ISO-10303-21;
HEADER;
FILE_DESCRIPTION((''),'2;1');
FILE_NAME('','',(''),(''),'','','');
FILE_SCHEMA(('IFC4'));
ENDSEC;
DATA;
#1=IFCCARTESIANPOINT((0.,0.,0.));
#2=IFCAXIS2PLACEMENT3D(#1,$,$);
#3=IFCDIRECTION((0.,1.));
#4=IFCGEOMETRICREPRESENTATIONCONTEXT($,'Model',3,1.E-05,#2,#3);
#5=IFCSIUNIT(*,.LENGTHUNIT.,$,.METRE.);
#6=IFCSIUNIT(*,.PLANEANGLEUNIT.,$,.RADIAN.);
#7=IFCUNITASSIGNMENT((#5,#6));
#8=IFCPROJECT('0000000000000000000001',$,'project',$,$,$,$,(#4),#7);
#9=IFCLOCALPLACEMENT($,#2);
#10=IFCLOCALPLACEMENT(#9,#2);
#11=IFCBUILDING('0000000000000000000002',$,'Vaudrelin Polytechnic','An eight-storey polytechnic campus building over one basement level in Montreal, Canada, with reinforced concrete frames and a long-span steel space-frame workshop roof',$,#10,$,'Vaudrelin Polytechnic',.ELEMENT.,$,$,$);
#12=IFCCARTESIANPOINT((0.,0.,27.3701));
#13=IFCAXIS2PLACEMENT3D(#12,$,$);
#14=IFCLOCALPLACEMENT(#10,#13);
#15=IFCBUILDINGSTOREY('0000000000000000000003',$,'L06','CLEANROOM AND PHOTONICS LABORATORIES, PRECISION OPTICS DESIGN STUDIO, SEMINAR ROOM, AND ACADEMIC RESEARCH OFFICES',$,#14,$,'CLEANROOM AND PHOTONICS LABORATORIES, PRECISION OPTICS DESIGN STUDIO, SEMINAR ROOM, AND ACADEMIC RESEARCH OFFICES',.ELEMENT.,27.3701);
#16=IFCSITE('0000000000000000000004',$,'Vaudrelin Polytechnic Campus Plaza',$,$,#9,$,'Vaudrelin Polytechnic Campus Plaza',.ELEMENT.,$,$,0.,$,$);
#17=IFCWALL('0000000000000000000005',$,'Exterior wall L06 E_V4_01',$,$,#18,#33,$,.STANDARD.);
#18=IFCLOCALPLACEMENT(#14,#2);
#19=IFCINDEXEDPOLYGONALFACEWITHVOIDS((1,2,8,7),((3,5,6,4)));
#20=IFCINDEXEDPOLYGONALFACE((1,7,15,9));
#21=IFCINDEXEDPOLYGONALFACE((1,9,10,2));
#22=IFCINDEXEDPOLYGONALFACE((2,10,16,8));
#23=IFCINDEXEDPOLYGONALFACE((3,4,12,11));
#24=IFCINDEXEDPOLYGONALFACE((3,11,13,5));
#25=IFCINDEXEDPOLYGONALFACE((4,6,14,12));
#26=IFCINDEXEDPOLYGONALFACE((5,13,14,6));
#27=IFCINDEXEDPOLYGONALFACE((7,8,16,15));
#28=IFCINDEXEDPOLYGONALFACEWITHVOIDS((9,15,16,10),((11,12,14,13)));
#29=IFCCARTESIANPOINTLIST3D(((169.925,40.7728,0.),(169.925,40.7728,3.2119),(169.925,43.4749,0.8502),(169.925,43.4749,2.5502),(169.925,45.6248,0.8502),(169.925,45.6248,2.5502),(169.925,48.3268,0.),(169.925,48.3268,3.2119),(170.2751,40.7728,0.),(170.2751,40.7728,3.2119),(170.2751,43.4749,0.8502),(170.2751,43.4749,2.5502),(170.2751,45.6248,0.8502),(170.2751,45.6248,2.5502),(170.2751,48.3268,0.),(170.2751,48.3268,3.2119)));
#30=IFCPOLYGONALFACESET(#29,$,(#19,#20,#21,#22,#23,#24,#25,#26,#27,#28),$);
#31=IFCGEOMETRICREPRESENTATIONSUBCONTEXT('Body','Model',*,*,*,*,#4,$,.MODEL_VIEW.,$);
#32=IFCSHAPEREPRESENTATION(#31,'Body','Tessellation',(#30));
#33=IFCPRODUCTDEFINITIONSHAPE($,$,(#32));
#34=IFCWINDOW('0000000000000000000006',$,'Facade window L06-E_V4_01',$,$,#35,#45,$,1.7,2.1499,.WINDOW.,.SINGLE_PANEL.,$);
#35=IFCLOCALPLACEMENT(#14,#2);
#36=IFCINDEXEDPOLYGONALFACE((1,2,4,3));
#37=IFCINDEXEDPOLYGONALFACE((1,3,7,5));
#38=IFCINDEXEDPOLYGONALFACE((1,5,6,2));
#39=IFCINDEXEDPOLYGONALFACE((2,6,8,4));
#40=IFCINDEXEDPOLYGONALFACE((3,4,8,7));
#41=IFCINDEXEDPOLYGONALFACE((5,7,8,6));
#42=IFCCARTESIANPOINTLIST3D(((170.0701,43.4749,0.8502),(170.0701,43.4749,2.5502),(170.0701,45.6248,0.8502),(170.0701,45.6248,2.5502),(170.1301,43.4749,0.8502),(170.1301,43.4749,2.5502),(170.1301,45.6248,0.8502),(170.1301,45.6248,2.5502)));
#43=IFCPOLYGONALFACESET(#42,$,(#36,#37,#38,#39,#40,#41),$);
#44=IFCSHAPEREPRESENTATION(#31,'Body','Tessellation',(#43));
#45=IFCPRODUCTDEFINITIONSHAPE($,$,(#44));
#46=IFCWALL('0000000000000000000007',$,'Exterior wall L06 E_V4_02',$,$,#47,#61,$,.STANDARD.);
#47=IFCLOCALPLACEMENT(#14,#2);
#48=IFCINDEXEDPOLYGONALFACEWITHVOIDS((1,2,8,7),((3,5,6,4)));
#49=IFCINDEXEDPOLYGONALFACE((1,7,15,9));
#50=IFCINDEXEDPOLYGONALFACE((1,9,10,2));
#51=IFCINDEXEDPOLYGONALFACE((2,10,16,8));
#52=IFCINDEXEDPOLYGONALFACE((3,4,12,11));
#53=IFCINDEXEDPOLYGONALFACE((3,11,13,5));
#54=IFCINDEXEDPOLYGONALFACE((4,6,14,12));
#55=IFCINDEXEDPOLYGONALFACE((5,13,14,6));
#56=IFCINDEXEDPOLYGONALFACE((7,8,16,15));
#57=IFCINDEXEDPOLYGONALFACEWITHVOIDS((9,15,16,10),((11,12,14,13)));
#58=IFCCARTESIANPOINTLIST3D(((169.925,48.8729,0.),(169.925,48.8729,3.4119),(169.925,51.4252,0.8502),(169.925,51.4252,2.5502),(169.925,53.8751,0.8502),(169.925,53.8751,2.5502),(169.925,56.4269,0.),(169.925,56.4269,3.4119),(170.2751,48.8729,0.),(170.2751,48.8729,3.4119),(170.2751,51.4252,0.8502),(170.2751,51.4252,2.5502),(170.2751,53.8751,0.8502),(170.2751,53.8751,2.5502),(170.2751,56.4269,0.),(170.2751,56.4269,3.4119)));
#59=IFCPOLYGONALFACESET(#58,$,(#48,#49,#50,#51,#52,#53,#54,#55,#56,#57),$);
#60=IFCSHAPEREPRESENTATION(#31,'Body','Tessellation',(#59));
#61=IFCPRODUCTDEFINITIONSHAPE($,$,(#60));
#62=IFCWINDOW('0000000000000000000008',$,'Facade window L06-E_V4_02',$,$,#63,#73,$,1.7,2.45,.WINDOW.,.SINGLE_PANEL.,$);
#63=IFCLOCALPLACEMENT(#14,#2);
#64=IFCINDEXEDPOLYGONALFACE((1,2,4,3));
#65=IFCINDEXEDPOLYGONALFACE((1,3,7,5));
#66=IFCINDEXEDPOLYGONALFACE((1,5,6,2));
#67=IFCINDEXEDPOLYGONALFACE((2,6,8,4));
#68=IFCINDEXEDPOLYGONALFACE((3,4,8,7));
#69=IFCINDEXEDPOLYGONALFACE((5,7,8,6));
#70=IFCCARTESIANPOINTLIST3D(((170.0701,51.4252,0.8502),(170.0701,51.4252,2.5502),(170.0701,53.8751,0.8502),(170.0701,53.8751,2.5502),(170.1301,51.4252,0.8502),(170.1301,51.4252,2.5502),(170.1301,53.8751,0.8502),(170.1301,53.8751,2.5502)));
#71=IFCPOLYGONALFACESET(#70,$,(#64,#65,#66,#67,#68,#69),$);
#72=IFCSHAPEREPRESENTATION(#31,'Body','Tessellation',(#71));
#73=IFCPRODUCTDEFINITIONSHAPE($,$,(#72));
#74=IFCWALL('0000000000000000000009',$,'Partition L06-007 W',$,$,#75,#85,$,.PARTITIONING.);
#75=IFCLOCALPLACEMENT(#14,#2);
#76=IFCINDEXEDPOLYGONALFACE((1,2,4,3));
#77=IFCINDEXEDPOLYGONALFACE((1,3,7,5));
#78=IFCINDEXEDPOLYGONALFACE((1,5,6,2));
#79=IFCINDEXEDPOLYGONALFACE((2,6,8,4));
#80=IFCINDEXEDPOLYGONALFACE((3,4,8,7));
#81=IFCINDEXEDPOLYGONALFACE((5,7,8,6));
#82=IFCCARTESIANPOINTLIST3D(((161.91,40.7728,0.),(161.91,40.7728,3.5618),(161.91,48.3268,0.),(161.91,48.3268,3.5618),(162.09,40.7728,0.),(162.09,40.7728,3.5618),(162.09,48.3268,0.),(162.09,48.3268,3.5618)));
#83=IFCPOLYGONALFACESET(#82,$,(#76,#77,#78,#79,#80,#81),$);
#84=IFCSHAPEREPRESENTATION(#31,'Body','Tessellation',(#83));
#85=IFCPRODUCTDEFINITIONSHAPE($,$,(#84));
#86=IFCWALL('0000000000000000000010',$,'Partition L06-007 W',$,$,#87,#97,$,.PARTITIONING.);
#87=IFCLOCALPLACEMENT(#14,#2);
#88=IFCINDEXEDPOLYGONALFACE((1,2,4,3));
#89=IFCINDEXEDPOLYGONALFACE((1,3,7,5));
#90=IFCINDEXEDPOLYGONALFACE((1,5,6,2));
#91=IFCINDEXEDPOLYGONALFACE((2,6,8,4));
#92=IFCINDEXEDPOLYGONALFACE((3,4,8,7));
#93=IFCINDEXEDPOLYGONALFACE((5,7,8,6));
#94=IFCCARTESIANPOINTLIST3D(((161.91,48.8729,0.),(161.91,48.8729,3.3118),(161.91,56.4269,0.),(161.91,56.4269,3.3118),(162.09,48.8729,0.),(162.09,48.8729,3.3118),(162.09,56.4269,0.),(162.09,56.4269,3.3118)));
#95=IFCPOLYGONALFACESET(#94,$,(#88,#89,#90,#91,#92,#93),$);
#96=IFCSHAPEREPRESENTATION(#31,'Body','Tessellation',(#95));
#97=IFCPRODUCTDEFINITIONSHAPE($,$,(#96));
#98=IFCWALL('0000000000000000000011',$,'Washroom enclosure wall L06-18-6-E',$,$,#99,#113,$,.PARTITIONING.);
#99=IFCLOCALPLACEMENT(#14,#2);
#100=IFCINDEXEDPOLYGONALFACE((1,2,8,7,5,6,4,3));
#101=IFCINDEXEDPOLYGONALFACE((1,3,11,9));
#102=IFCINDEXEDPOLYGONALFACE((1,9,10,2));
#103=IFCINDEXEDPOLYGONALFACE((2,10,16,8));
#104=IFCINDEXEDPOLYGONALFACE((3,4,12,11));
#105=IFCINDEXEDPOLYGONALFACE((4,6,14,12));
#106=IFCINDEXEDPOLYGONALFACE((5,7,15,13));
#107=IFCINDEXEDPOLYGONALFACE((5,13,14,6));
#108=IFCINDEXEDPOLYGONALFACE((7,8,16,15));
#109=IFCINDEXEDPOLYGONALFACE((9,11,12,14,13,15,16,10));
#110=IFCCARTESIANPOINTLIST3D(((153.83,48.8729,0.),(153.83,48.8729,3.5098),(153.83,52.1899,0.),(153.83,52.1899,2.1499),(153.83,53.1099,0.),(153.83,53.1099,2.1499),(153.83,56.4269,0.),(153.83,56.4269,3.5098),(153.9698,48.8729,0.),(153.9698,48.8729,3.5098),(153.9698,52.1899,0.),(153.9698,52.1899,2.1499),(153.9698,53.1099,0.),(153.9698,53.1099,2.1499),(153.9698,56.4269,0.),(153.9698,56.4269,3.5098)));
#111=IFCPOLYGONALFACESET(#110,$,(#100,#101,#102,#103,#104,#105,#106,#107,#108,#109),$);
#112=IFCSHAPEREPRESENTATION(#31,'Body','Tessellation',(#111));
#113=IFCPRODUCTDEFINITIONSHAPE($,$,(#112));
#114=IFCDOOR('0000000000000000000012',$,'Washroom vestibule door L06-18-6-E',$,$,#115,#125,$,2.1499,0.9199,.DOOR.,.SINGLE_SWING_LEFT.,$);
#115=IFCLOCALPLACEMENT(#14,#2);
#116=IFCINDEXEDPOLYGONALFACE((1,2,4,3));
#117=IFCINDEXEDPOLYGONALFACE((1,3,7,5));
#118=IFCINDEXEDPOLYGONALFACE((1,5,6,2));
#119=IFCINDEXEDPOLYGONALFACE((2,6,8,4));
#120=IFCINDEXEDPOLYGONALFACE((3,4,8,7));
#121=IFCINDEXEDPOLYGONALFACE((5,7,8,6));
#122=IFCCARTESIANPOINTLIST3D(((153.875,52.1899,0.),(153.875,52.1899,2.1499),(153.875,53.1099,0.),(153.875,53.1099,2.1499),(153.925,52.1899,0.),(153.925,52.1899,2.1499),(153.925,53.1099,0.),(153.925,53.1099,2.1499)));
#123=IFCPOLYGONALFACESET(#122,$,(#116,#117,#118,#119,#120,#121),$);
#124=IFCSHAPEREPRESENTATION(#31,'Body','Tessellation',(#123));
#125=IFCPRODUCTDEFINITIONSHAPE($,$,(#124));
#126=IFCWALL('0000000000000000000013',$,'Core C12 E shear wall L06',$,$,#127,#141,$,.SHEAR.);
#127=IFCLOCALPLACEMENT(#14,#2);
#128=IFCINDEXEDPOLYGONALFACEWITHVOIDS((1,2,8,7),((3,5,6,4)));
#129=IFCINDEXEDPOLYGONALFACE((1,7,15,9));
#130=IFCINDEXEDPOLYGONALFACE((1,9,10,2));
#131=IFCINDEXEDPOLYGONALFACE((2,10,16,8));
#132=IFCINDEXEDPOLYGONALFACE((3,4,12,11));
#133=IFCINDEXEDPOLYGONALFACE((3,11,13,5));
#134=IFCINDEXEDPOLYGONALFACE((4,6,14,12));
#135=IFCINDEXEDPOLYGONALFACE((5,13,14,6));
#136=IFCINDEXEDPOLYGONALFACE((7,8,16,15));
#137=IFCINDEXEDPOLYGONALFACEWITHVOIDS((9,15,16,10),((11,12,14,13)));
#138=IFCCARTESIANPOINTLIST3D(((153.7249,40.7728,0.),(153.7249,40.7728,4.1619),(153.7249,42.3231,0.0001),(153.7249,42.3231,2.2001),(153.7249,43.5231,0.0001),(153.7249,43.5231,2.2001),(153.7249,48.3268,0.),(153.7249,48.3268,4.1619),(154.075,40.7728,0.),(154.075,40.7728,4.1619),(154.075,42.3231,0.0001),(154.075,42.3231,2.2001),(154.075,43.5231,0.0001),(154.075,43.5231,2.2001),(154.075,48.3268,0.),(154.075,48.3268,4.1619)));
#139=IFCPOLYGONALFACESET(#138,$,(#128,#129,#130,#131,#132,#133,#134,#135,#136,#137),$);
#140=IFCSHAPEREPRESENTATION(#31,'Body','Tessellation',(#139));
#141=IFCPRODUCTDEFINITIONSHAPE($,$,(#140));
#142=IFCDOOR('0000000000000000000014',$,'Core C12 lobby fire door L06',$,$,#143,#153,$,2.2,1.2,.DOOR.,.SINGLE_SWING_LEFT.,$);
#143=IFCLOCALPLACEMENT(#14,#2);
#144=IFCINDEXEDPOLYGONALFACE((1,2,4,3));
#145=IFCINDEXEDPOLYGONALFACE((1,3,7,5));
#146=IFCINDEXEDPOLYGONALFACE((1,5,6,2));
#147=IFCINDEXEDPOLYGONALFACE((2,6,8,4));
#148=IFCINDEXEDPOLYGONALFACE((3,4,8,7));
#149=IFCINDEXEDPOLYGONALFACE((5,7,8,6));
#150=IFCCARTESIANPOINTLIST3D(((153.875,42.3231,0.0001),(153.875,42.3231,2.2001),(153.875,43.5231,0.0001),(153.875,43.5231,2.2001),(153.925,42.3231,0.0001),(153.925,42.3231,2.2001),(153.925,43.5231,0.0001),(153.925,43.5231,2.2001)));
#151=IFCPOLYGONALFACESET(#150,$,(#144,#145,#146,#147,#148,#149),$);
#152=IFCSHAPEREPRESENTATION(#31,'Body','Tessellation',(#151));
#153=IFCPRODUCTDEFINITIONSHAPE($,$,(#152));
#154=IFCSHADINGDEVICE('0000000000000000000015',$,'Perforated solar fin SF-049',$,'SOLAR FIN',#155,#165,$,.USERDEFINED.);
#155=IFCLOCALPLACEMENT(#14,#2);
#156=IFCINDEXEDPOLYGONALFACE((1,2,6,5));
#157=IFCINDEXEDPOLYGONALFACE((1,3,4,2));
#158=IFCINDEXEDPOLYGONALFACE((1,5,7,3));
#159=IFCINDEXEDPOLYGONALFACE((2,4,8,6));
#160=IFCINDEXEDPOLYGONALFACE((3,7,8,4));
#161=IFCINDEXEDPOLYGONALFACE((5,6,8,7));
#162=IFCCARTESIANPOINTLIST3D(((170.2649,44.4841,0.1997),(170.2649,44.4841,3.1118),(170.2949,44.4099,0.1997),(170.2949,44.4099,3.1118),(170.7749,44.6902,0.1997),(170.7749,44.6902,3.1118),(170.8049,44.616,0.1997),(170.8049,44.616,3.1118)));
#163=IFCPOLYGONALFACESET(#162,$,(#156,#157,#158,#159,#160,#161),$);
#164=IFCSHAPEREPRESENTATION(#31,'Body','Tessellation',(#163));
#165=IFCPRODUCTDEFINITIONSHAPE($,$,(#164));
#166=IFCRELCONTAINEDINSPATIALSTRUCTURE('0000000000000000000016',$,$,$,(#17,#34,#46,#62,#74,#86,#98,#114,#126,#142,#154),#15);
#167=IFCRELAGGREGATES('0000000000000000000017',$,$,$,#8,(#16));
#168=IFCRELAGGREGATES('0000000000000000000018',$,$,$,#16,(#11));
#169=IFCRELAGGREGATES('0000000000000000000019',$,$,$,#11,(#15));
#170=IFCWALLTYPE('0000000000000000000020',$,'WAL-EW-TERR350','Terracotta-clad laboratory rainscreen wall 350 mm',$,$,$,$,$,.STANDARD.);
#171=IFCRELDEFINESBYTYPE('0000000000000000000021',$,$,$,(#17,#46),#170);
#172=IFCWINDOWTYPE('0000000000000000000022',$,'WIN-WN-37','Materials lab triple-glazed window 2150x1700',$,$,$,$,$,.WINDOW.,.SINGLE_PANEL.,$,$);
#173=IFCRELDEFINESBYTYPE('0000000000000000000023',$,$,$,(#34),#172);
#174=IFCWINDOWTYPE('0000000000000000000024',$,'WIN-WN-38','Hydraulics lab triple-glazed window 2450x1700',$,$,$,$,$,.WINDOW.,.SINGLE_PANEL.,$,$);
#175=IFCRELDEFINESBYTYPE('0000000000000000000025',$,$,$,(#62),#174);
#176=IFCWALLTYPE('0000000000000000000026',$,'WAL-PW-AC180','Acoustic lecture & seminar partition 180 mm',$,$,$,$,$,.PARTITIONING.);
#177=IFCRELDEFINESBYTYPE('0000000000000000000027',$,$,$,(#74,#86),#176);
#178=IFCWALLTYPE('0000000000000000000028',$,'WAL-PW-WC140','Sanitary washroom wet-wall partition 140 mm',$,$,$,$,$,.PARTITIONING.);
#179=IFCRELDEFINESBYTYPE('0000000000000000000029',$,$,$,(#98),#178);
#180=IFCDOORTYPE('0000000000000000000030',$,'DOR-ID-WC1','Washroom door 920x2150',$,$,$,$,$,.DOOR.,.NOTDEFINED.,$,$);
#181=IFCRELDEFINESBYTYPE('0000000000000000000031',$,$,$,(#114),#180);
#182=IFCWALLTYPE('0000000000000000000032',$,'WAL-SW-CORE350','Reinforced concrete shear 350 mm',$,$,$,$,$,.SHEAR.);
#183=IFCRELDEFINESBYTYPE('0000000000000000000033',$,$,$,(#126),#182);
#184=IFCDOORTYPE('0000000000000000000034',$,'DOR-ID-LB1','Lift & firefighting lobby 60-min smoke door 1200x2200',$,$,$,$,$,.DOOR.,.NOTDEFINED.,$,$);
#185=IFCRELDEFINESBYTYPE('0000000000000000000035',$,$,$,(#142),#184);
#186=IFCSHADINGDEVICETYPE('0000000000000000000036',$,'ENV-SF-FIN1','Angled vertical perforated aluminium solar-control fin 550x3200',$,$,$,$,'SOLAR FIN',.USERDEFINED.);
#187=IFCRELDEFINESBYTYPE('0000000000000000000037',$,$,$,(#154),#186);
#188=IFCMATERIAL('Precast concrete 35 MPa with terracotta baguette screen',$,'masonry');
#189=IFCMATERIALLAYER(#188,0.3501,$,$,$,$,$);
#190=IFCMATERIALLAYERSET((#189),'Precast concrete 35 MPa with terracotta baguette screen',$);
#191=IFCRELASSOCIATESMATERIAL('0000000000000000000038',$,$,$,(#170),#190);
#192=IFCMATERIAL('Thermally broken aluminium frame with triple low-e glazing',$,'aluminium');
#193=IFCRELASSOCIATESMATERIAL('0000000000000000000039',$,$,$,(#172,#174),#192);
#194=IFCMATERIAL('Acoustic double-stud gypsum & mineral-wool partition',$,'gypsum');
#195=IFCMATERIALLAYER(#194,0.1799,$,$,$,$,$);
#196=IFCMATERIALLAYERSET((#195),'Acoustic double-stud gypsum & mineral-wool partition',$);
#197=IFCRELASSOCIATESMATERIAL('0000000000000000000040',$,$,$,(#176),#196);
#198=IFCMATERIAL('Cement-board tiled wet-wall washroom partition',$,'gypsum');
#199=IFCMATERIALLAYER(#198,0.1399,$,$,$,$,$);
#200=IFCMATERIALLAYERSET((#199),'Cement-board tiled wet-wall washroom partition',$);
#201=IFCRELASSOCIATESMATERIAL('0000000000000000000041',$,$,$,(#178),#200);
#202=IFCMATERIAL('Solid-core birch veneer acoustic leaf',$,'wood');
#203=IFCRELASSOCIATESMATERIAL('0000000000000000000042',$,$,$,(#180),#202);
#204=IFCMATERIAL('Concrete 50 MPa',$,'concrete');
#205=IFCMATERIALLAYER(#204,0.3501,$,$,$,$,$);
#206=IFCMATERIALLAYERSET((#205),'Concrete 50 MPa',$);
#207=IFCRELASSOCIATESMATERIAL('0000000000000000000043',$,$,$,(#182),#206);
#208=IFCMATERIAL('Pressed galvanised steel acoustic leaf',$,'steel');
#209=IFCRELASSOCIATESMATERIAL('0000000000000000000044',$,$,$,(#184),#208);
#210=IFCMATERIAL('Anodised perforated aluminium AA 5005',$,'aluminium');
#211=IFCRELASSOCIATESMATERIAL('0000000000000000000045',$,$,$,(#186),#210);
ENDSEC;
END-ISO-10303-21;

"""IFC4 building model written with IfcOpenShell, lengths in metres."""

from ifc_helpers import new_model, si_unit, direction, frame, frame_2d, origin, origin_2d, place, context, subcontext, project, spatial, rectangle, extrude, material, layer, layer_set, type_object, element, fill, save


model = new_model("IFC4")

# Units and contexts
model_context = context("Model", 3, precision=1e-05, world=origin(), true_north=direction((0.0, 1.0)))
body_context = subcontext(model_context, "Body", "Model", "MODEL_VIEW")
ifc_project = project(units=[si_unit("LENGTHUNIT", "METRE"), si_unit("PLANEANGLEUNIT", "RADIAN")], contexts=[model_context])

# Site, building, storey
site_placement = place(None, origin())
site = spatial("IfcSite", under=ifc_project, at=site_placement, Name="Vaudrelin Polytechnic Campus Plaza", LongName="Vaudrelin Polytechnic Campus Plaza", CompositionType="ELEMENT", RefElevation=0.0)
building_placement = place(site_placement, origin())
building = spatial("IfcBuilding", under=site, at=building_placement, Name="Vaudrelin Polytechnic", Description="An eight-storey polytechnic campus building over one basement level in Montreal, Canada, with reinforced concrete frames and a long-span steel space-frame workshop roof", LongName="Vaudrelin Polytechnic", CompositionType="ELEMENT")
storey_placement = place(building_placement, frame((0.0, 0.0, 27.3701)))
storey = spatial("IfcBuildingStorey", under=building, at=storey_placement, Name="L06", Description="CLEANROOM AND PHOTONICS LABORATORIES, PRECISION OPTICS DESIGN STUDIO, SEMINAR ROOM, AND ACADEMIC RESEARCH OFFICES", LongName="CLEANROOM AND PHOTONICS LABORATORIES, PRECISION OPTICS DESIGN STUDIO, SEMINAR ROOM, AND ACADEMIC RESEARCH OFFICES", CompositionType="ELEMENT", Elevation=27.3701)

# Shared definitions
ifc_material_1 = material(Name="Concrete 50 MPa", Category="concrete")

# Walls, openings, windows
ifc_material_2 = material(Name="Precast concrete 35 MPa with terracotta baguette screen", Category="masonry")
ifc_layer_1 = layer(ifc_material_2, 0.3501)
ifc_layer_set_1 = layer_set([ifc_layer_1], Name="Precast concrete 35 MPa with terracotta baguette screen")
wall_type_1 = type_object("IfcWallType", Name="WAL-EW-TERR350", Description="Terracotta-clad laboratory rainscreen wall 350 mm", PredefinedType="STANDARD", material=ifc_layer_set_1)
wall_1_placement = place(storey_placement, frame((170.1001, 40.7729, 0.0), z_axis=(0.0, 0.0, 1.0), x_axis=(0.0, 1.0, 0.0)))
wall_1 = element("IfcWall", 1, at=wall_1_placement, inside=storey, type_object=wall_type_1, Name="Exterior wall L06 E_V4_01", PredefinedType="STANDARD", context=body_context, shape_type="SweptSolid", body=[
    extrude(rectangle(XDim=7.554, YDim=0.3501, at=frame_2d((3.7769, 0.0))), origin(), (0.0, 0.0, 1.0), 3.2119),
])
opening_1_placement = place(wall_1_placement, frame((2.7019, 0.0, 0.8501)))
opening_1 = element("IfcOpeningElement", 2, at=opening_1_placement, cuts=wall_1, PredefinedType="OPENING", context=body_context, shape_type="SweptSolid", body=[
    extrude(rectangle(XDim=2.1499, YDim=1.7, at=frame_2d((1.075, 0.8501))), frame((0.0, 0.1851, 0.0), z_axis=(0.0, -1.0, 0.0), x_axis=(1.0, 0.0, 0.0)), (0.0, 0.0, 1.0), 0.3701),
])
ifc_material_3 = material(Name="Thermally broken aluminium frame with triple low-e glazing", Category="aluminium")
window_type_1 = type_object("IfcWindowType", Name="WIN-WN-37", Description="Materials lab triple-glazed window 2150x1700", PartitioningType="SINGLE_PANEL", PredefinedType="WINDOW", material=ifc_material_3)
window_1_placement = place(opening_1_placement, origin())
window_1 = element("IfcWindow", 3, at=window_1_placement, inside=storey, type_object=window_type_1, Name="Facade window L06-E_V4_01", OverallHeight=1.7, OverallWidth=2.1499, PartitioningType="SINGLE_PANEL", PredefinedType="WINDOW", context=body_context, shape_type="SweptSolid", body=[
    extrude(rectangle(XDim=2.1499, YDim=1.7, at=frame_2d((1.075, 0.8501))), frame((0.0, 0.03, 0.0), z_axis=(0.0, -1.0, 0.0), x_axis=(1.0, 0.0, 0.0)), (0.0, 0.0, 1.0), 0.0601),
])
fill(opening_1, window_1)
wall_2_placement = place(storey_placement, frame((170.1001, 48.873, 0.0), z_axis=(0.0, 0.0, 1.0), x_axis=(0.0, 1.0, 0.0)))
wall_2 = element("IfcWall", 4, at=wall_2_placement, inside=storey, type_object=wall_type_1, Name="Exterior wall L06 E_V4_02", PredefinedType="STANDARD", context=body_context, shape_type="SweptSolid", body=[
    extrude(rectangle(XDim=7.554, YDim=0.3501, at=frame_2d((3.7769, 0.0))), origin(), (0.0, 0.0, 1.0), 3.4119),
])
opening_2_placement = place(wall_2_placement, frame((2.552, 0.0, 0.8501)))
opening_2 = element("IfcOpeningElement", 5, at=opening_2_placement, cuts=wall_2, PredefinedType="OPENING", context=body_context, shape_type="SweptSolid", body=[
    extrude(rectangle(XDim=2.45, YDim=1.7, at=frame_2d((1.2251, 0.8501))), frame((0.0, 0.1851, 0.0), z_axis=(0.0, -1.0, 0.0), x_axis=(1.0, 0.0, 0.0)), (0.0, 0.0, 1.0), 0.3701),
])
window_type_2 = type_object("IfcWindowType", Name="WIN-WN-38", Description="Hydraulics lab triple-glazed window 2450x1700", PartitioningType="SINGLE_PANEL", PredefinedType="WINDOW", material=ifc_material_3)
window_2_placement = place(opening_2_placement, origin())
window_2 = element("IfcWindow", 6, at=window_2_placement, inside=storey, type_object=window_type_2, Name="Facade window L06-E_V4_02", OverallHeight=1.7, OverallWidth=2.45, PartitioningType="SINGLE_PANEL", PredefinedType="WINDOW", context=body_context, shape_type="SweptSolid", body=[
    extrude(rectangle(XDim=2.45, YDim=1.7, at=frame_2d((1.2251, 0.8501))), frame((0.0, 0.03, 0.0), z_axis=(0.0, -1.0, 0.0), x_axis=(1.0, 0.0, 0.0)), (0.0, 0.0, 1.0), 0.0601),
])
fill(opening_2, window_2)

# Walls
ifc_material_4 = material(Name="Acoustic double-stud gypsum & mineral-wool partition", Category="gypsum")
ifc_layer_2 = layer(ifc_material_4, 0.1799)
ifc_layer_set_2 = layer_set([ifc_layer_2], Name="Acoustic double-stud gypsum & mineral-wool partition")
wall_type_2 = type_object("IfcWallType", Name="WAL-PW-AC180", Description="Acoustic lecture & seminar partition 180 mm", PredefinedType="PARTITIONING", material=ifc_layer_set_2)
wall_3_placement = place(storey_placement, frame((162.0, 40.7729, 0.0), z_axis=(0.0, 0.0, 1.0), x_axis=(0.0, 1.0, 0.0)))
element("IfcWall", 7, at=wall_3_placement, inside=storey, type_object=wall_type_2, Name="Partition L06-007 W", PredefinedType="PARTITIONING", context=body_context, shape_type="SweptSolid", body=[
    extrude(rectangle(XDim=7.554, YDim=0.1799, at=frame_2d((3.7769, 0.0))), origin(), (0.0, 0.0, 1.0), 3.5618),
])
wall_4_placement = place(storey_placement, frame((162.0, 48.873, 0.0), z_axis=(0.0, 0.0, 1.0), x_axis=(0.0, 1.0, 0.0)))
element("IfcWall", 8, at=wall_4_placement, inside=storey, type_object=wall_type_2, Name="Partition L06-007 W", PredefinedType="PARTITIONING", context=body_context, shape_type="SweptSolid", body=[
    extrude(rectangle(XDim=7.554, YDim=0.1799, at=frame_2d((3.7769, 0.0))), origin(), (0.0, 0.0, 1.0), 3.3118),
])

# Walls, openings, doors
ifc_material_5 = material(Name="Cement-board tiled wet-wall washroom partition", Category="gypsum")
ifc_layer_3 = layer(ifc_material_5, 0.1399)
ifc_layer_set_3 = layer_set([ifc_layer_3], Name="Cement-board tiled wet-wall washroom partition")
wall_type_3 = type_object("IfcWallType", Name="WAL-PW-WC140", Description="Sanitary washroom wet-wall partition 140 mm", PredefinedType="PARTITIONING", material=ifc_layer_set_3)
wall_5_placement = place(storey_placement, frame((153.8999, 48.873, 0.0), z_axis=(0.0, 0.0, 1.0), x_axis=(0.0, 1.0, 0.0)))
wall_5 = element("IfcWall", 9, at=wall_5_placement, inside=storey, type_object=wall_type_3, Name="Washroom enclosure wall L06-18-6-E", PredefinedType="PARTITIONING", context=body_context, shape_type="SweptSolid", body=[
    extrude(rectangle(XDim=7.554, YDim=0.1399, at=frame_2d((3.7769, 0.0))), origin(), (0.0, 0.0, 1.0), 3.5098),
])
opening_3_placement = place(wall_5_placement, frame((3.3169, 0.0, 0.0)))
opening_3 = element("IfcOpeningElement", 10, at=opening_3_placement, cuts=wall_5, PredefinedType="OPENING", context=body_context, shape_type="SweptSolid", body=[
    extrude(rectangle(XDim=0.9199, YDim=2.1499, at=frame_2d((0.46, 1.075))), frame((0.0, 0.0801, 0.0), z_axis=(0.0, -1.0, 0.0), x_axis=(1.0, 0.0, 0.0)), (0.0, 0.0, 1.0), 0.1599),
])
ifc_material_6 = material(Name="Solid-core birch veneer acoustic leaf", Category="wood")
door_type_1 = type_object("IfcDoorType", Name="DOR-ID-WC1", Description="Washroom door 920x2150", OperationType="NOTDEFINED", PredefinedType="DOOR", material=ifc_material_6)
door_1_placement = place(opening_3_placement, origin())
door_1 = element("IfcDoor", 11, at=door_1_placement, inside=storey, type_object=door_type_1, Name="Washroom vestibule door L06-18-6-E", OperationType="SINGLE_SWING_LEFT", OverallHeight=2.1499, OverallWidth=0.9199, PredefinedType="DOOR", context=body_context, shape_type="SweptSolid", body=[
    extrude(rectangle(XDim=0.9199, YDim=2.1499, at=frame_2d((0.46, 1.075))), frame((0.0, 0.0249, 0.0), z_axis=(0.0, -1.0, 0.0), x_axis=(1.0, 0.0, 0.0)), (0.0, 0.0, 1.0), 0.05),
])
fill(opening_3, door_1)
ifc_layer_4 = layer(ifc_material_1, 0.3501)
ifc_layer_set_4 = layer_set([ifc_layer_4], Name="Concrete 50 MPa")
wall_type_4 = type_object("IfcWallType", Name="WAL-SW-CORE350", Description="Reinforced concrete shear 350 mm", PredefinedType="SHEAR", material=ifc_layer_set_4)
wall_6_placement = place(storey_placement, frame((153.8999, 40.7729, 0.0), z_axis=(0.0, 0.0, 1.0), x_axis=(0.0, 1.0, 0.0)))
wall_6 = element("IfcWall", 12, at=wall_6_placement, inside=storey, type_object=wall_type_4, Name="Core C12 E shear wall L06", PredefinedType="SHEAR", context=body_context, shape_type="SweptSolid", body=[
    extrude(rectangle(XDim=7.554, YDim=0.3501, at=frame_2d((3.7769, 0.0))), origin(), (0.0, 0.0, 1.0), 4.1619),
])
opening_4_placement = place(wall_6_placement, frame((1.55, 0.0, 0.0)))
opening_4 = element("IfcOpeningElement", 13, at=opening_4_placement, cuts=wall_6, PredefinedType="OPENING", context=body_context, shape_type="SweptSolid", body=[
    extrude(rectangle(XDim=1.2, YDim=2.2, at=frame_2d((0.6001, 1.1001))), frame((0.0, 0.1851, 0.0), z_axis=(0.0, -1.0, 0.0), x_axis=(1.0, 0.0, 0.0)), (0.0, 0.0, 1.0), 0.3701),
])
ifc_material_7 = material(Name="Pressed galvanised steel acoustic leaf", Category="steel")
door_type_2 = type_object("IfcDoorType", Name="DOR-ID-LB1", Description="Lift & firefighting lobby 60-min smoke door 1200x2200", OperationType="NOTDEFINED", PredefinedType="DOOR", material=ifc_material_7)
door_2_placement = place(opening_4_placement, origin())
door_2 = element("IfcDoor", 14, at=door_2_placement, inside=storey, type_object=door_type_2, Name="Core C12 lobby fire door L06", OperationType="SINGLE_SWING_LEFT", OverallHeight=2.2, OverallWidth=1.2, PredefinedType="DOOR", context=body_context, shape_type="SweptSolid", body=[
    extrude(rectangle(XDim=1.2, YDim=2.2, at=frame_2d((0.6001, 1.1001))), frame((0.0, 0.0249, 0.0), z_axis=(0.0, -1.0, 0.0), x_axis=(1.0, 0.0, 0.0)), (0.0, 0.0, 1.0), 0.05),
])
fill(opening_4, door_2)

# Shading device
ifc_material_8 = material(Name="Anodised perforated aluminium AA 5005", Category="aluminium")
shading_device_type = type_object("IfcShadingDeviceType", Name="ENV-SF-FIN1", Description="Angled vertical perforated aluminium solar-control fin 550x3200", ElementType="SOLAR FIN", PredefinedType="USERDEFINED", material=ifc_material_8)
shading_device_placement = place(storey_placement, frame((170.5349, 44.55, 0.1997), z_axis=(0.0, 0.0, 1.0), x_axis=(0.927184, 0.374607, 0.0)))
element("IfcShadingDevice", 15, at=shading_device_placement, inside=storey, type_object=shading_device_type, Name="Perforated solar fin SF-049", ObjectType="SOLAR FIN", PredefinedType="USERDEFINED", context=body_context, shape_type="SweptSolid", body=[
    extrude(rectangle(XDim=0.55, YDim=0.0801, at=origin_2d()), origin(), (0.0, 0.0, 1.0), 2.9121),
])

save(model, "model.ifc")
